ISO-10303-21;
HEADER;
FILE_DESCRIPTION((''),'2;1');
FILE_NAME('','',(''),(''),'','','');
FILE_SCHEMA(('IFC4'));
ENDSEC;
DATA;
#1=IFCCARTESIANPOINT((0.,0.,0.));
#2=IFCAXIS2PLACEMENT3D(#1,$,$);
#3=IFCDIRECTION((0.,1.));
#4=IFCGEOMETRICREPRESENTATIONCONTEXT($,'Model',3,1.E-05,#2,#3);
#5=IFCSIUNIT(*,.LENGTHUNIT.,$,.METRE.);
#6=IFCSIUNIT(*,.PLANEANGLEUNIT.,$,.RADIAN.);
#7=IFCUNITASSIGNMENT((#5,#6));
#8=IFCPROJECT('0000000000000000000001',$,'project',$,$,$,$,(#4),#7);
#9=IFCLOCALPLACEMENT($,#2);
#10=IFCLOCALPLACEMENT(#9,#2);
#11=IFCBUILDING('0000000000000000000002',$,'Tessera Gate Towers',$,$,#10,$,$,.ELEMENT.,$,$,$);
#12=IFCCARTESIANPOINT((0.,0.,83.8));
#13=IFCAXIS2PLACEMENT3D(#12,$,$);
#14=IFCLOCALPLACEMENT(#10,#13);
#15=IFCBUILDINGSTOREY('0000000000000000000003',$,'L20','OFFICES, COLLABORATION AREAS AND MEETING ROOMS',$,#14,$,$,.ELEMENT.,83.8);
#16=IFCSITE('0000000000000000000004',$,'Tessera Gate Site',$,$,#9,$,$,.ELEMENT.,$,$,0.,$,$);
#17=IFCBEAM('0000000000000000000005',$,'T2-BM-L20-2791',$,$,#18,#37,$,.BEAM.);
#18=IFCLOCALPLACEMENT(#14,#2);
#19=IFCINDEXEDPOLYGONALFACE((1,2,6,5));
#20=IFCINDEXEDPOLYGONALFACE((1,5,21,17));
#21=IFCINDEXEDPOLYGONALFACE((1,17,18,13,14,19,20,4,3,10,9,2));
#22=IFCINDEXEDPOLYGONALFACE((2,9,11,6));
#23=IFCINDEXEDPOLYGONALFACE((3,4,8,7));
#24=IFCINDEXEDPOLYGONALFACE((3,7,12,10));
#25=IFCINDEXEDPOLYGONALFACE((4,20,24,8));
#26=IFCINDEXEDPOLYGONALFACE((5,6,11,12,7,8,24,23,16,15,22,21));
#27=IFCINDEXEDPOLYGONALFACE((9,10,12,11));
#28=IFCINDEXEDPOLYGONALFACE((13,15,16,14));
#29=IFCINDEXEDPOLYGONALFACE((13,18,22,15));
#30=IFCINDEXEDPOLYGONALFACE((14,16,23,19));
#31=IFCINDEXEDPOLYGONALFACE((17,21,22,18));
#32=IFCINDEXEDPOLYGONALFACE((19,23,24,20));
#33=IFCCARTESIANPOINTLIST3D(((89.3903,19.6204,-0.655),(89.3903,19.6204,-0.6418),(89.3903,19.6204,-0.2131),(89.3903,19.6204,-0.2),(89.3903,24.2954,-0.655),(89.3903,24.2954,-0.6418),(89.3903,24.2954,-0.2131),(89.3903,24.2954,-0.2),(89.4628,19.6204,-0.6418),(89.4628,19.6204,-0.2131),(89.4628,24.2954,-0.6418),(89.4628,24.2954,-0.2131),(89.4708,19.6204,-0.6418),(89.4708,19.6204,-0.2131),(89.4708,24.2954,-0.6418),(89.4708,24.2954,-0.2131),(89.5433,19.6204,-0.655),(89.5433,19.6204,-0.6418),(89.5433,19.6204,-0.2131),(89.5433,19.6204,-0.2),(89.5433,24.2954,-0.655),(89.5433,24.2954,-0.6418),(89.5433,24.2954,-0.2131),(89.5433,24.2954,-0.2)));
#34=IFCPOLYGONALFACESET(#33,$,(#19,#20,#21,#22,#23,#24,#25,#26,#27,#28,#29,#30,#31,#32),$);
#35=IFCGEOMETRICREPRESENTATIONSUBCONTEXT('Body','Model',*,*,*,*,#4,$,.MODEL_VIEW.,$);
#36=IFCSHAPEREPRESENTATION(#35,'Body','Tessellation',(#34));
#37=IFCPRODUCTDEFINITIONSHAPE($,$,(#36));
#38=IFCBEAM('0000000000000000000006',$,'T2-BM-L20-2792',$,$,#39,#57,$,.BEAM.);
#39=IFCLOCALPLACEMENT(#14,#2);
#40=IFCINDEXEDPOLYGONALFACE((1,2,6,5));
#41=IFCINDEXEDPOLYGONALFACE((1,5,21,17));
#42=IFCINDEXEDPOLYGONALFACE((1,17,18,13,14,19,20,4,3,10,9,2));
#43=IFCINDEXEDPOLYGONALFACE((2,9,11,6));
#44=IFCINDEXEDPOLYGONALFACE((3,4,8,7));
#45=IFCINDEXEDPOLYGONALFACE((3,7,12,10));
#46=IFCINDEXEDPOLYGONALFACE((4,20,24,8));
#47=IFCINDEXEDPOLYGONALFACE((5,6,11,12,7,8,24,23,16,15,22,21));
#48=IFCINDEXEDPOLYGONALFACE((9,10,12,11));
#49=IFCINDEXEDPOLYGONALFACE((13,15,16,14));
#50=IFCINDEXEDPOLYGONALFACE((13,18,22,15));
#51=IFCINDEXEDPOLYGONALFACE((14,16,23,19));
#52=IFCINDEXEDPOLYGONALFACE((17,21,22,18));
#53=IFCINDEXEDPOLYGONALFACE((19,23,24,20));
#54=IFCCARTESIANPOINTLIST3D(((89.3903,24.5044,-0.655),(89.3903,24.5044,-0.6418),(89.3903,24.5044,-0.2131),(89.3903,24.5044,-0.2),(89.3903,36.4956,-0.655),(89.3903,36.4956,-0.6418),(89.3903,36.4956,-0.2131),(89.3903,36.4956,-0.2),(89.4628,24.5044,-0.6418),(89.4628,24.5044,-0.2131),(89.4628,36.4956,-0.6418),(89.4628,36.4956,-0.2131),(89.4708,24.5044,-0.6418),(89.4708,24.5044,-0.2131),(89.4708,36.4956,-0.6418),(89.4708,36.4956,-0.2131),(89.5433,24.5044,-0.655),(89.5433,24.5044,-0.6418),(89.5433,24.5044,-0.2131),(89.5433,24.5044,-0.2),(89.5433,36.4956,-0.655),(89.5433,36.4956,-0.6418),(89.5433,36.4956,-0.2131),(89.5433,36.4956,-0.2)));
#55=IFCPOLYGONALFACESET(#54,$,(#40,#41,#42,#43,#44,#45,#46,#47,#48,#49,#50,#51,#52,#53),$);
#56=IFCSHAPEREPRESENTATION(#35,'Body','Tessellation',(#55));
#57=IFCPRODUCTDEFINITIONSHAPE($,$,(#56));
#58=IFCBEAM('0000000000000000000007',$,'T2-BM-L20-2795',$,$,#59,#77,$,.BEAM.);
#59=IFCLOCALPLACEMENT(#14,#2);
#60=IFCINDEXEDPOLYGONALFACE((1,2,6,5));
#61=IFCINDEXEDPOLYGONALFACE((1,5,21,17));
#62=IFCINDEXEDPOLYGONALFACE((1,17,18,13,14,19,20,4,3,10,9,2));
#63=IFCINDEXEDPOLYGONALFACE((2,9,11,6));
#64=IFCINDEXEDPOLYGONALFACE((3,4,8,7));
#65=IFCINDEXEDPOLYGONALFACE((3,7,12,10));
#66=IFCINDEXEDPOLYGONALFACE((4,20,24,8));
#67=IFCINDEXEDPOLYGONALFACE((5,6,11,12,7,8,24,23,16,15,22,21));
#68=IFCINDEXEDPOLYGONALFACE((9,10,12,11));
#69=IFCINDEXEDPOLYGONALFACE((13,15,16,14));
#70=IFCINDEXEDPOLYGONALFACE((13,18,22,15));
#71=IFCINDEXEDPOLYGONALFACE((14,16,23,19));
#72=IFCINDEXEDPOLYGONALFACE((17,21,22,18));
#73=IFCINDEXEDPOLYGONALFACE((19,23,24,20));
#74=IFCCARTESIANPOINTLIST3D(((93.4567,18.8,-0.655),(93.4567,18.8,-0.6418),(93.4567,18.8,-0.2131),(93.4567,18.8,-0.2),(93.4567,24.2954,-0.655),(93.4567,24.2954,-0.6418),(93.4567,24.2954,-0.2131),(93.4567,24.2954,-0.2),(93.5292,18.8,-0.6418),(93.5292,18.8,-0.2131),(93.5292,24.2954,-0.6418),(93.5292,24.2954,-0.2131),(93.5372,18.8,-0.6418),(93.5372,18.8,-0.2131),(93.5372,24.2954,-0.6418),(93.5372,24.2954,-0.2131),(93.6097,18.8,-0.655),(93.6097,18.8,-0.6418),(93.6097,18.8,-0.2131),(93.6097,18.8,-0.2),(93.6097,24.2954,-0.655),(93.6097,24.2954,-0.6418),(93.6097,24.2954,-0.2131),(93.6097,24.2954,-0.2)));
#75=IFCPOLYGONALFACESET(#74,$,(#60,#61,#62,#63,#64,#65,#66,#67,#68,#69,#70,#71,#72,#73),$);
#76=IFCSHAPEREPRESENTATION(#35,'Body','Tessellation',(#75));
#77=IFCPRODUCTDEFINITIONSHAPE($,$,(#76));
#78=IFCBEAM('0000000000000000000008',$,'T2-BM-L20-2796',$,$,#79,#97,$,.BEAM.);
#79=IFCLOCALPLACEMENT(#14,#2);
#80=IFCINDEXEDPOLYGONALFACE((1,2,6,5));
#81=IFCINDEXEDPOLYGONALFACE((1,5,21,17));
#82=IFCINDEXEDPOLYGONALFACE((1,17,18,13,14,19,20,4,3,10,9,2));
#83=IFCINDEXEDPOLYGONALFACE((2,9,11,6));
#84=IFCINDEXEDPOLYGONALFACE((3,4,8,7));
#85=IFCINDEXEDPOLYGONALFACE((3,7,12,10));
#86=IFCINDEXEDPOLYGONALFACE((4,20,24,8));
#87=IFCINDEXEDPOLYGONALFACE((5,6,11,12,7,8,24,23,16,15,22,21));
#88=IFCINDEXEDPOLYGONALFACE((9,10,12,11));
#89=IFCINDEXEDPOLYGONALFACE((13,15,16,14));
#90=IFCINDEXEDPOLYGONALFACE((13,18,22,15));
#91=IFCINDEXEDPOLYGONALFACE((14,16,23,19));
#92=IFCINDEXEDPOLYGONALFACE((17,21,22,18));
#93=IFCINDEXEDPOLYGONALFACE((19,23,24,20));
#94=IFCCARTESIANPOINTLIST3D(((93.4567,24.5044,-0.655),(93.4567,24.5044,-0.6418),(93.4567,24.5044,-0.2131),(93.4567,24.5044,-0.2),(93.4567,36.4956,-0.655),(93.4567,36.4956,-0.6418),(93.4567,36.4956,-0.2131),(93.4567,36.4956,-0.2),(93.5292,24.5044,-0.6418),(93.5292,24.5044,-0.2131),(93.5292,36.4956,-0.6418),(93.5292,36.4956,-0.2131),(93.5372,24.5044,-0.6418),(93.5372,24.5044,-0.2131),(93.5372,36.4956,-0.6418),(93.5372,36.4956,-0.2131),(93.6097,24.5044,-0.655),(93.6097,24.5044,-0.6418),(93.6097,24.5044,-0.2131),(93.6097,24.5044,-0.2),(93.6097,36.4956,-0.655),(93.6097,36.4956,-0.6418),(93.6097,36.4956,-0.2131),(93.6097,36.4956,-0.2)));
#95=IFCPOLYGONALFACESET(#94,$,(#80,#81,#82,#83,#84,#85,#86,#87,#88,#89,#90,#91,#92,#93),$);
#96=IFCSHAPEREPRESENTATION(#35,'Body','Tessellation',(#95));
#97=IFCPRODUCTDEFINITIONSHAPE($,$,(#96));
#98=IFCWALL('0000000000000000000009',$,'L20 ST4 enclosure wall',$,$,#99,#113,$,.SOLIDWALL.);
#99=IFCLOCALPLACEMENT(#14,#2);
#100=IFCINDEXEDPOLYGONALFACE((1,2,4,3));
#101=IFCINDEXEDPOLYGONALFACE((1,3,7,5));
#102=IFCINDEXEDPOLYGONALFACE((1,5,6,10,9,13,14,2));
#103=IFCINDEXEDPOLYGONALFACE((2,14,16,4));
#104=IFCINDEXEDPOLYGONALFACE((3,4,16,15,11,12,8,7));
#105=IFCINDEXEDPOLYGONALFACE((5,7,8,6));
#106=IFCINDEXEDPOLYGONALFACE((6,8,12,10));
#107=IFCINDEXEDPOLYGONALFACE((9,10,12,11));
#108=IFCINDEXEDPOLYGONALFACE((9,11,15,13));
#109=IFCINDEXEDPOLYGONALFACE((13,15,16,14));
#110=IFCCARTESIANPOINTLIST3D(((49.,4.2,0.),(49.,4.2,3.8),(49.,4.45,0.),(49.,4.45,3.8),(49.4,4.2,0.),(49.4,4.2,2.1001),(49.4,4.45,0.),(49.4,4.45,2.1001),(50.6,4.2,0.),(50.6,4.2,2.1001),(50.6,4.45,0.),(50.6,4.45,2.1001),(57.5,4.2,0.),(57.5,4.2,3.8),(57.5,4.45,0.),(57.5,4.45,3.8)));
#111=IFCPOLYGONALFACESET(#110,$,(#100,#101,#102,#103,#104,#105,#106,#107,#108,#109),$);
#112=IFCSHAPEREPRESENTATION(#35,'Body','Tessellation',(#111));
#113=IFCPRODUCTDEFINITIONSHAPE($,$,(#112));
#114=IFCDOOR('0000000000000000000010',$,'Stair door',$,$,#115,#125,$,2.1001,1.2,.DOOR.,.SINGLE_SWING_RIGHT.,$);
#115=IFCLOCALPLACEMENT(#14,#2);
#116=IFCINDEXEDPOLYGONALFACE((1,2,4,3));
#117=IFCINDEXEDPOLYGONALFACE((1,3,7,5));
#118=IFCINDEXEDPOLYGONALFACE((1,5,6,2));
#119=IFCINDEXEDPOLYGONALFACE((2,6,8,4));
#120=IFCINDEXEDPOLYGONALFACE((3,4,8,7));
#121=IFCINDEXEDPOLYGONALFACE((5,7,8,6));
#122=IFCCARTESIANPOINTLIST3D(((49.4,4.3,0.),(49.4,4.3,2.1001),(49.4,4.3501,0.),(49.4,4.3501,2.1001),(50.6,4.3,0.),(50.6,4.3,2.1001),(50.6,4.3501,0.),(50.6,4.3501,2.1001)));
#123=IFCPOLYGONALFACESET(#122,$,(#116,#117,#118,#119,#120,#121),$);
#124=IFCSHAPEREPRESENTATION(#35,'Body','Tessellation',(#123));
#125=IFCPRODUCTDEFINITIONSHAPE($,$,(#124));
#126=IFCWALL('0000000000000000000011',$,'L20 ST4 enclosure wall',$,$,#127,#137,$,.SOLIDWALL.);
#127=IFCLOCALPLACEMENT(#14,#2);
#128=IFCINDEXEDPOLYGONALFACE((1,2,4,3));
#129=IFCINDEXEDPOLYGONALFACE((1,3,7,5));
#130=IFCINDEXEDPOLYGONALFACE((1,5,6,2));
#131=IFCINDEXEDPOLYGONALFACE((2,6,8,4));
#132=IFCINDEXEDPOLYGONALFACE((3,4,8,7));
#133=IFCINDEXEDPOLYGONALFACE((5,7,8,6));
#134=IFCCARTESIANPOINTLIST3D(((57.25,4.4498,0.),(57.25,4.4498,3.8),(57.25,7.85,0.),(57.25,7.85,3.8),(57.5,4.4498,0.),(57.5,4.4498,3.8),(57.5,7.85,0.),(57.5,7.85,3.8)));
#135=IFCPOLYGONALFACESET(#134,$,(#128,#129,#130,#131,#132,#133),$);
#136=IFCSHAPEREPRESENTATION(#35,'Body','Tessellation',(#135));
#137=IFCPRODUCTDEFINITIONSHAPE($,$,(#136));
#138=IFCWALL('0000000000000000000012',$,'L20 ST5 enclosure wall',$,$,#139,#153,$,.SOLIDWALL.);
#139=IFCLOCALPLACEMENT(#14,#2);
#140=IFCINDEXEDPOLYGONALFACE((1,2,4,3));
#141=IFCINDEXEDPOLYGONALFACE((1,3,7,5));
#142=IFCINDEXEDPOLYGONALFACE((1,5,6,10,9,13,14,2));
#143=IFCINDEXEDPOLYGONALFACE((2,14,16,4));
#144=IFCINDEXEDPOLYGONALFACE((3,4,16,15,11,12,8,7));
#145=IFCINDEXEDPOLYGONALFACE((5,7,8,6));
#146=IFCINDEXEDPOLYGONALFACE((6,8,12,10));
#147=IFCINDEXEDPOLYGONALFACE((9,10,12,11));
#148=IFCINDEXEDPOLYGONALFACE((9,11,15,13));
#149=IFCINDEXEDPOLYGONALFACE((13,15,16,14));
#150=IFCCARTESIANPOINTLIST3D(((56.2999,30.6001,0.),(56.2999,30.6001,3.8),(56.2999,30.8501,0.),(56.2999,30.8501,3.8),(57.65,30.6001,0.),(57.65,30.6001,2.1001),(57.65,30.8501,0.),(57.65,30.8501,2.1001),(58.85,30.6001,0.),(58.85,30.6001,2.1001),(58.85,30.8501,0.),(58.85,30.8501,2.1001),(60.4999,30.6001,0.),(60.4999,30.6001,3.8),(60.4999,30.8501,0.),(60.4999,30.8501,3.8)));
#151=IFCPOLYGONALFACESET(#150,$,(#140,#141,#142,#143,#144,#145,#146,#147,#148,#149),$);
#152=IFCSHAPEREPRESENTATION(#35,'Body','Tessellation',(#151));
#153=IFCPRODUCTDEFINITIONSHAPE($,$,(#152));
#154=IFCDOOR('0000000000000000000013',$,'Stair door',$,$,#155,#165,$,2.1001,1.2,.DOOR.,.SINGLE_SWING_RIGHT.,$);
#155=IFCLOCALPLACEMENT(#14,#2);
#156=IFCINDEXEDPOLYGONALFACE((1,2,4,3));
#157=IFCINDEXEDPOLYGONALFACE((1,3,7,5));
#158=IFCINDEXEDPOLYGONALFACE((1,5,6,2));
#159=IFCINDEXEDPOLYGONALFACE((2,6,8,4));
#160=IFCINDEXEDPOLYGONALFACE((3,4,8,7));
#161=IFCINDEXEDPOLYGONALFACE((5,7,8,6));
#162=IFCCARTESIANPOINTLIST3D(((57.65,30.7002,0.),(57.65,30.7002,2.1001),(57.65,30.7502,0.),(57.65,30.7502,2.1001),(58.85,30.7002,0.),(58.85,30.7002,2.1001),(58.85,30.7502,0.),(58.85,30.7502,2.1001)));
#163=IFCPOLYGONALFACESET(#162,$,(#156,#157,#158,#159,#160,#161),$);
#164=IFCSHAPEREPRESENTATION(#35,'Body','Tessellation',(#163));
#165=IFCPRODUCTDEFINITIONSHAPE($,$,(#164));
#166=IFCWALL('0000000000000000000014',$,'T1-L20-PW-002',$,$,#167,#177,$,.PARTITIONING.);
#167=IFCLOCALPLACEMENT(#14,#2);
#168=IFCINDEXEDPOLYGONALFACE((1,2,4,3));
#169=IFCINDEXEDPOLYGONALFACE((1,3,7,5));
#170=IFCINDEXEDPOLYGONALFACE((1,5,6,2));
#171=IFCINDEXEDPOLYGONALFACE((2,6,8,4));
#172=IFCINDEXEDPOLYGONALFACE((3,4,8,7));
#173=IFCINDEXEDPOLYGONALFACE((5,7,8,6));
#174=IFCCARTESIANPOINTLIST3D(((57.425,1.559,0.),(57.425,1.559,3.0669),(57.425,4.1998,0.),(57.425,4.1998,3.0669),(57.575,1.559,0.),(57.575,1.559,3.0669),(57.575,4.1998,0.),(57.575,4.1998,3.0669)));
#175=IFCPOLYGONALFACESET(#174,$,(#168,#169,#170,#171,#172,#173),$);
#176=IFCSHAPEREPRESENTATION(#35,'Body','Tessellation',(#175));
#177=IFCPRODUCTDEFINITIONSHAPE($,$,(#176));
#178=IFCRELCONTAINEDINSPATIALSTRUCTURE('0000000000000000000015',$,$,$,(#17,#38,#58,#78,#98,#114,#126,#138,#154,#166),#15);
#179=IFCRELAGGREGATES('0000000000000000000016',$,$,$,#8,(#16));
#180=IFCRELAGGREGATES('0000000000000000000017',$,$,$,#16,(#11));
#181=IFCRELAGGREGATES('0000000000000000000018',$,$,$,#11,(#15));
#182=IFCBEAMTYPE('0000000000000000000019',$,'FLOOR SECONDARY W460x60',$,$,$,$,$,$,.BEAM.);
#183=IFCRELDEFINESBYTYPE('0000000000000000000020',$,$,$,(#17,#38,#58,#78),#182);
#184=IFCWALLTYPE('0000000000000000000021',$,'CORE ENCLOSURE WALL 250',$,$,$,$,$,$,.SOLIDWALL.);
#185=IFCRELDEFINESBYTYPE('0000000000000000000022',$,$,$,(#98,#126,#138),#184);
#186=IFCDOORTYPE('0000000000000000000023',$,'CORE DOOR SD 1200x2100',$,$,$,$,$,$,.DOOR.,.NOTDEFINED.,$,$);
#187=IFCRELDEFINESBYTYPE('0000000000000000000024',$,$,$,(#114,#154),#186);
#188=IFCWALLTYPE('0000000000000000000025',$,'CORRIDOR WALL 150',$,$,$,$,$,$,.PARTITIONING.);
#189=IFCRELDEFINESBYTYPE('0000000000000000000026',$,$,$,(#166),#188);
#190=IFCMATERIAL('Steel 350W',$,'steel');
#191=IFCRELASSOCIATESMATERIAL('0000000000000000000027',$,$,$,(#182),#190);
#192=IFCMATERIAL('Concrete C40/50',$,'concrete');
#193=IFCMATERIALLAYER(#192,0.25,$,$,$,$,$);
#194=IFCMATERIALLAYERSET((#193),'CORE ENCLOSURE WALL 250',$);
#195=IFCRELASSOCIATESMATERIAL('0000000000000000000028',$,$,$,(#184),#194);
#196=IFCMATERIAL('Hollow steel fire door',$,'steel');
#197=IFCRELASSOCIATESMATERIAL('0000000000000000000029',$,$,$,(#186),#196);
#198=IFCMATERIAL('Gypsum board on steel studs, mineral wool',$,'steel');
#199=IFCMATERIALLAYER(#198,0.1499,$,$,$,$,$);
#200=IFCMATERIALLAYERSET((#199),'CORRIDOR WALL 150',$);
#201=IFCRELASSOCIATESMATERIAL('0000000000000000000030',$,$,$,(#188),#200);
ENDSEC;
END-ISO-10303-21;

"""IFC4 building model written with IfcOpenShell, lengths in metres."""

from ifc_helpers import new_model, si_unit, direction, frame, frame_2d, origin, origin_2d, place, context, subcontext, project, spatial, rectangle, i_section, extrude, source, transform, mapped, material, layer, layer_set, material_profile, profile_set, type_object, element, fill, save


model = new_model("IFC4")

# Units and contexts
model_context = context("Model", 3, precision=1e-05, world=origin(), true_north=direction((0.0, 1.0)))
body_context = subcontext(model_context, "Body", "Model", "MODEL_VIEW")
ifc_project = project(units=[si_unit("LENGTHUNIT", "METRE"), si_unit("PLANEANGLEUNIT", "RADIAN")], contexts=[model_context])

# Site, building, storey
site_placement = place(None, origin())
site = spatial("IfcSite", under=ifc_project, at=site_placement, Name="Tessera Gate Site", CompositionType="ELEMENT", RefElevation=0.0)
building_placement = place(site_placement, origin())
building = spatial("IfcBuilding", under=site, at=building_placement, Name="Tessera Gate Towers", CompositionType="ELEMENT")
storey_placement = place(building_placement, frame((0.0, 0.0, 83.8)))
storey = spatial("IfcBuildingStorey", under=building, at=storey_placement, Name="L20", Description="OFFICES, COLLABORATION AREAS AND MEETING ROOMS", CompositionType="ELEMENT", Elevation=83.8)

# Beams
ifc_material_1 = material(Name="Steel 350W", Category="steel")
ifc_material_profile_1 = material_profile(ifc_material_1, i_section(OverallWidth=0.1531, OverallDepth=0.4551, WebThickness=0.0081, FlangeThickness=0.0132, at=origin_2d()), Name="W460x60")
ifc_profile_set_1 = profile_set([ifc_material_profile_1], Name="Steel 350W")
beam_type_1 = type_object("IfcBeamType", Name="FLOOR SECONDARY W460x60", PredefinedType="BEAM", material=ifc_profile_set_1)
beam_1_placement = place(storey_placement, frame((89.4668, 19.6204, -0.4275), z_axis=(0.0, 1.0, 0.0), x_axis=(-1.0, 0.0, 0.0)))
element("IfcBeam", 1, at=beam_1_placement, inside=storey, type_object=beam_type_1, Name="T2-BM-L20-2791", PredefinedType="BEAM", context=body_context, shape_type="SweptSolid", body=[
    extrude(i_section(OverallWidth=0.1531, OverallDepth=0.4551, WebThickness=0.0081, FlangeThickness=0.0132, at=origin_2d()), origin(), (0.0, 0.0, 1.0), 4.675),
])
beam_2_placement = place(storey_placement, frame((89.4668, 24.5044, -0.4275), z_axis=(0.0, 1.0, 0.0), x_axis=(-1.0, 0.0, 0.0)))
element("IfcBeam", 2, at=beam_2_placement, inside=storey, type_object=beam_type_1, Name="T2-BM-L20-2792", PredefinedType="BEAM", context=body_context, shape_type="SweptSolid", body=[
    extrude(i_section(OverallWidth=0.1531, OverallDepth=0.4551, WebThickness=0.0081, FlangeThickness=0.0132, at=origin_2d()), origin(), (0.0, 0.0, 1.0), 11.9912),
])
beam_3_placement = place(storey_placement, frame((93.5332, 18.8, -0.4275), z_axis=(0.0, 1.0, 0.0), x_axis=(-1.0, 0.0, 0.0)))
element("IfcBeam", 3, at=beam_3_placement, inside=storey, type_object=beam_type_1, Name="T2-BM-L20-2795", PredefinedType="BEAM", context=body_context, shape_type="SweptSolid", body=[
    extrude(i_section(OverallWidth=0.1531, OverallDepth=0.4551, WebThickness=0.0081, FlangeThickness=0.0132, at=origin_2d()), origin(), (0.0, 0.0, 1.0), 5.4954),
])
beam_4_placement = place(storey_placement, frame((93.5332, 24.5044, -0.4275), z_axis=(0.0, 1.0, 0.0), x_axis=(-1.0, 0.0, 0.0)))
element("IfcBeam", 4, at=beam_4_placement, inside=storey, type_object=beam_type_1, Name="T2-BM-L20-2796", PredefinedType="BEAM", context=body_context, shape_type="SweptSolid", body=[
    extrude(i_section(OverallWidth=0.1531, OverallDepth=0.4551, WebThickness=0.0081, FlangeThickness=0.0132, at=origin_2d()), origin(), (0.0, 0.0, 1.0), 11.9912),
])

# Wall, opening, door
ifc_material_2 = material(Name="Concrete C40/50", Category="concrete")
ifc_layer_1 = layer(ifc_material_2, 0.25)
ifc_layer_set_1 = layer_set([ifc_layer_1], Name="CORE ENCLOSURE WALL 250")
wall_type_1 = type_object("IfcWallType", Name="CORE ENCLOSURE WALL 250", PredefinedType="SOLIDWALL", material=ifc_layer_set_1)
wall_1_placement = place(storey_placement, frame((57.5, 4.325, 0.0), z_axis=(0.0, 0.0, 1.0), x_axis=(-1.0, 0.0, 0.0)))
wall_1 = element("IfcWall", 5, at=wall_1_placement, inside=storey, type_object=wall_type_1, Name="L20 ST4 enclosure wall", PredefinedType="SOLIDWALL", context=body_context, shape_type="SweptSolid", body=[
    extrude(rectangle(XDim=8.5, YDim=0.25, at=frame_2d((4.25, 0.0))), origin(), (0.0, 0.0, 1.0), 3.8),
])
shared_shape_1 = source(origin(), body_context, "Body", "SweptSolid", [
    extrude(rectangle(XDim=1.2, YDim=2.1001, at=frame_2d((0.6001, 1.05))), frame((0.0, 0.135, 0.0), z_axis=(0.0, -1.0, 0.0), x_axis=(1.0, 0.0, 0.0)), (0.0, 0.0, 1.0), 0.27),
])
opening_1_placement = place(wall_1_placement, frame((6.8999, 0.0, 0.0)))
opening_1 = element("IfcOpeningElement", 6, at=opening_1_placement, cuts=wall_1, PredefinedType="OPENING", context=body_context, shape_type="MappedRepresentation", body=[
    mapped(shared_shape_1, transform((0.0, 0.0, 0.0), scale=1.0)),
])
ifc_material_3 = material(Name="Hollow steel fire door", Category="steel")
door_type_1 = type_object("IfcDoorType", Name="CORE DOOR SD 1200x2100", OperationType="NOTDEFINED", PredefinedType="DOOR", material=ifc_material_3)
shared_shape_2 = source(origin(), body_context, "Body", "SweptSolid", [
    extrude(rectangle(XDim=1.2, YDim=2.1001, at=frame_2d((0.6001, 1.05))), frame((0.0, 0.0249, 0.0), z_axis=(0.0, -1.0, 0.0), x_axis=(1.0, 0.0, 0.0)), (0.0, 0.0, 1.0), 0.05),
])
door_1_placement = place(opening_1_placement, origin())
door_1 = element("IfcDoor", 7, at=door_1_placement, inside=storey, type_object=door_type_1, Name="Stair door", OperationType="SINGLE_SWING_RIGHT", OverallHeight=2.1001, OverallWidth=1.2, PredefinedType="DOOR", context=body_context, shape_type="MappedRepresentation", body=[
    mapped(shared_shape_2, transform((0.0, 0.0, 0.0), scale=1.0)),
])
fill(opening_1, door_1)

# Wall
wall_2_placement = place(storey_placement, frame((57.375, 7.8501, 0.0), z_axis=(0.0, 0.0, 1.0), x_axis=(0.0, -1.0, 0.0)))
element("IfcWall", 8, at=wall_2_placement, inside=storey, type_object=wall_type_1, Name="L20 ST4 enclosure wall", PredefinedType="SOLIDWALL", context=body_context, shape_type="SweptSolid", body=[
    extrude(rectangle(XDim=3.4001, YDim=0.25, at=frame_2d((1.7002, 0.0))), origin(), (0.0, 0.0, 1.0), 3.8),
])

# Wall, opening, door
wall_3_placement = place(storey_placement, frame((60.5, 30.7251, 0.0), z_axis=(0.0, 0.0, 1.0), x_axis=(-1.0, 0.0, 0.0)))
wall_3 = element("IfcWall", 9, at=wall_3_placement, inside=storey, type_object=wall_type_1, Name="L20 ST5 enclosure wall", PredefinedType="SOLIDWALL", context=body_context, shape_type="SweptSolid", body=[
    extrude(rectangle(XDim=4.2, YDim=0.25, at=frame_2d((2.1001, 0.0))), origin(), (0.0, 0.0, 1.0), 3.8),
])
opening_2_placement = place(wall_3_placement, frame((1.6499, 0.0, 0.0)))
opening_2 = element("IfcOpeningElement", 10, at=opening_2_placement, cuts=wall_3, PredefinedType="OPENING", context=body_context, shape_type="MappedRepresentation", body=[
    mapped(shared_shape_1, transform((0.0, 0.0, 0.0), scale=1.0)),
])
door_2_placement = place(opening_2_placement, origin())
door_2 = element("IfcDoor", 11, at=door_2_placement, inside=storey, type_object=door_type_1, Name="Stair door", OperationType="SINGLE_SWING_RIGHT", OverallHeight=2.1001, OverallWidth=1.2, PredefinedType="DOOR", context=body_context, shape_type="MappedRepresentation", body=[
    mapped(shared_shape_2, transform((0.0, 0.0, 0.0), scale=1.0)),
])
fill(opening_2, door_2)

# Wall
ifc_material_4 = material(Name="Gypsum board on steel studs, mineral wool", Category="steel")
ifc_layer_2 = layer(ifc_material_4, 0.1499)
ifc_layer_set_2 = layer_set([ifc_layer_2], Name="CORRIDOR WALL 150")
wall_type_2 = type_object("IfcWallType", Name="CORRIDOR WALL 150", PredefinedType="PARTITIONING", material=ifc_layer_set_2)
wall_4_placement = place(storey_placement, frame((57.5, 1.5591, 0.0), z_axis=(0.0, 0.0, 1.0), x_axis=(0.0, 1.0, 0.0)))
element("IfcWall", 12, at=wall_4_placement, inside=storey, type_object=wall_type_2, Name="T1-L20-PW-002", PredefinedType="PARTITIONING", context=body_context, shape_type="SweptSolid", body=[
    extrude(rectangle(XDim=2.6409, YDim=0.1499, at=frame_2d((1.3203, 0.0))), origin(), (0.0, 0.0, 1.0), 3.0669),
])

save(model, "model.ifc")
